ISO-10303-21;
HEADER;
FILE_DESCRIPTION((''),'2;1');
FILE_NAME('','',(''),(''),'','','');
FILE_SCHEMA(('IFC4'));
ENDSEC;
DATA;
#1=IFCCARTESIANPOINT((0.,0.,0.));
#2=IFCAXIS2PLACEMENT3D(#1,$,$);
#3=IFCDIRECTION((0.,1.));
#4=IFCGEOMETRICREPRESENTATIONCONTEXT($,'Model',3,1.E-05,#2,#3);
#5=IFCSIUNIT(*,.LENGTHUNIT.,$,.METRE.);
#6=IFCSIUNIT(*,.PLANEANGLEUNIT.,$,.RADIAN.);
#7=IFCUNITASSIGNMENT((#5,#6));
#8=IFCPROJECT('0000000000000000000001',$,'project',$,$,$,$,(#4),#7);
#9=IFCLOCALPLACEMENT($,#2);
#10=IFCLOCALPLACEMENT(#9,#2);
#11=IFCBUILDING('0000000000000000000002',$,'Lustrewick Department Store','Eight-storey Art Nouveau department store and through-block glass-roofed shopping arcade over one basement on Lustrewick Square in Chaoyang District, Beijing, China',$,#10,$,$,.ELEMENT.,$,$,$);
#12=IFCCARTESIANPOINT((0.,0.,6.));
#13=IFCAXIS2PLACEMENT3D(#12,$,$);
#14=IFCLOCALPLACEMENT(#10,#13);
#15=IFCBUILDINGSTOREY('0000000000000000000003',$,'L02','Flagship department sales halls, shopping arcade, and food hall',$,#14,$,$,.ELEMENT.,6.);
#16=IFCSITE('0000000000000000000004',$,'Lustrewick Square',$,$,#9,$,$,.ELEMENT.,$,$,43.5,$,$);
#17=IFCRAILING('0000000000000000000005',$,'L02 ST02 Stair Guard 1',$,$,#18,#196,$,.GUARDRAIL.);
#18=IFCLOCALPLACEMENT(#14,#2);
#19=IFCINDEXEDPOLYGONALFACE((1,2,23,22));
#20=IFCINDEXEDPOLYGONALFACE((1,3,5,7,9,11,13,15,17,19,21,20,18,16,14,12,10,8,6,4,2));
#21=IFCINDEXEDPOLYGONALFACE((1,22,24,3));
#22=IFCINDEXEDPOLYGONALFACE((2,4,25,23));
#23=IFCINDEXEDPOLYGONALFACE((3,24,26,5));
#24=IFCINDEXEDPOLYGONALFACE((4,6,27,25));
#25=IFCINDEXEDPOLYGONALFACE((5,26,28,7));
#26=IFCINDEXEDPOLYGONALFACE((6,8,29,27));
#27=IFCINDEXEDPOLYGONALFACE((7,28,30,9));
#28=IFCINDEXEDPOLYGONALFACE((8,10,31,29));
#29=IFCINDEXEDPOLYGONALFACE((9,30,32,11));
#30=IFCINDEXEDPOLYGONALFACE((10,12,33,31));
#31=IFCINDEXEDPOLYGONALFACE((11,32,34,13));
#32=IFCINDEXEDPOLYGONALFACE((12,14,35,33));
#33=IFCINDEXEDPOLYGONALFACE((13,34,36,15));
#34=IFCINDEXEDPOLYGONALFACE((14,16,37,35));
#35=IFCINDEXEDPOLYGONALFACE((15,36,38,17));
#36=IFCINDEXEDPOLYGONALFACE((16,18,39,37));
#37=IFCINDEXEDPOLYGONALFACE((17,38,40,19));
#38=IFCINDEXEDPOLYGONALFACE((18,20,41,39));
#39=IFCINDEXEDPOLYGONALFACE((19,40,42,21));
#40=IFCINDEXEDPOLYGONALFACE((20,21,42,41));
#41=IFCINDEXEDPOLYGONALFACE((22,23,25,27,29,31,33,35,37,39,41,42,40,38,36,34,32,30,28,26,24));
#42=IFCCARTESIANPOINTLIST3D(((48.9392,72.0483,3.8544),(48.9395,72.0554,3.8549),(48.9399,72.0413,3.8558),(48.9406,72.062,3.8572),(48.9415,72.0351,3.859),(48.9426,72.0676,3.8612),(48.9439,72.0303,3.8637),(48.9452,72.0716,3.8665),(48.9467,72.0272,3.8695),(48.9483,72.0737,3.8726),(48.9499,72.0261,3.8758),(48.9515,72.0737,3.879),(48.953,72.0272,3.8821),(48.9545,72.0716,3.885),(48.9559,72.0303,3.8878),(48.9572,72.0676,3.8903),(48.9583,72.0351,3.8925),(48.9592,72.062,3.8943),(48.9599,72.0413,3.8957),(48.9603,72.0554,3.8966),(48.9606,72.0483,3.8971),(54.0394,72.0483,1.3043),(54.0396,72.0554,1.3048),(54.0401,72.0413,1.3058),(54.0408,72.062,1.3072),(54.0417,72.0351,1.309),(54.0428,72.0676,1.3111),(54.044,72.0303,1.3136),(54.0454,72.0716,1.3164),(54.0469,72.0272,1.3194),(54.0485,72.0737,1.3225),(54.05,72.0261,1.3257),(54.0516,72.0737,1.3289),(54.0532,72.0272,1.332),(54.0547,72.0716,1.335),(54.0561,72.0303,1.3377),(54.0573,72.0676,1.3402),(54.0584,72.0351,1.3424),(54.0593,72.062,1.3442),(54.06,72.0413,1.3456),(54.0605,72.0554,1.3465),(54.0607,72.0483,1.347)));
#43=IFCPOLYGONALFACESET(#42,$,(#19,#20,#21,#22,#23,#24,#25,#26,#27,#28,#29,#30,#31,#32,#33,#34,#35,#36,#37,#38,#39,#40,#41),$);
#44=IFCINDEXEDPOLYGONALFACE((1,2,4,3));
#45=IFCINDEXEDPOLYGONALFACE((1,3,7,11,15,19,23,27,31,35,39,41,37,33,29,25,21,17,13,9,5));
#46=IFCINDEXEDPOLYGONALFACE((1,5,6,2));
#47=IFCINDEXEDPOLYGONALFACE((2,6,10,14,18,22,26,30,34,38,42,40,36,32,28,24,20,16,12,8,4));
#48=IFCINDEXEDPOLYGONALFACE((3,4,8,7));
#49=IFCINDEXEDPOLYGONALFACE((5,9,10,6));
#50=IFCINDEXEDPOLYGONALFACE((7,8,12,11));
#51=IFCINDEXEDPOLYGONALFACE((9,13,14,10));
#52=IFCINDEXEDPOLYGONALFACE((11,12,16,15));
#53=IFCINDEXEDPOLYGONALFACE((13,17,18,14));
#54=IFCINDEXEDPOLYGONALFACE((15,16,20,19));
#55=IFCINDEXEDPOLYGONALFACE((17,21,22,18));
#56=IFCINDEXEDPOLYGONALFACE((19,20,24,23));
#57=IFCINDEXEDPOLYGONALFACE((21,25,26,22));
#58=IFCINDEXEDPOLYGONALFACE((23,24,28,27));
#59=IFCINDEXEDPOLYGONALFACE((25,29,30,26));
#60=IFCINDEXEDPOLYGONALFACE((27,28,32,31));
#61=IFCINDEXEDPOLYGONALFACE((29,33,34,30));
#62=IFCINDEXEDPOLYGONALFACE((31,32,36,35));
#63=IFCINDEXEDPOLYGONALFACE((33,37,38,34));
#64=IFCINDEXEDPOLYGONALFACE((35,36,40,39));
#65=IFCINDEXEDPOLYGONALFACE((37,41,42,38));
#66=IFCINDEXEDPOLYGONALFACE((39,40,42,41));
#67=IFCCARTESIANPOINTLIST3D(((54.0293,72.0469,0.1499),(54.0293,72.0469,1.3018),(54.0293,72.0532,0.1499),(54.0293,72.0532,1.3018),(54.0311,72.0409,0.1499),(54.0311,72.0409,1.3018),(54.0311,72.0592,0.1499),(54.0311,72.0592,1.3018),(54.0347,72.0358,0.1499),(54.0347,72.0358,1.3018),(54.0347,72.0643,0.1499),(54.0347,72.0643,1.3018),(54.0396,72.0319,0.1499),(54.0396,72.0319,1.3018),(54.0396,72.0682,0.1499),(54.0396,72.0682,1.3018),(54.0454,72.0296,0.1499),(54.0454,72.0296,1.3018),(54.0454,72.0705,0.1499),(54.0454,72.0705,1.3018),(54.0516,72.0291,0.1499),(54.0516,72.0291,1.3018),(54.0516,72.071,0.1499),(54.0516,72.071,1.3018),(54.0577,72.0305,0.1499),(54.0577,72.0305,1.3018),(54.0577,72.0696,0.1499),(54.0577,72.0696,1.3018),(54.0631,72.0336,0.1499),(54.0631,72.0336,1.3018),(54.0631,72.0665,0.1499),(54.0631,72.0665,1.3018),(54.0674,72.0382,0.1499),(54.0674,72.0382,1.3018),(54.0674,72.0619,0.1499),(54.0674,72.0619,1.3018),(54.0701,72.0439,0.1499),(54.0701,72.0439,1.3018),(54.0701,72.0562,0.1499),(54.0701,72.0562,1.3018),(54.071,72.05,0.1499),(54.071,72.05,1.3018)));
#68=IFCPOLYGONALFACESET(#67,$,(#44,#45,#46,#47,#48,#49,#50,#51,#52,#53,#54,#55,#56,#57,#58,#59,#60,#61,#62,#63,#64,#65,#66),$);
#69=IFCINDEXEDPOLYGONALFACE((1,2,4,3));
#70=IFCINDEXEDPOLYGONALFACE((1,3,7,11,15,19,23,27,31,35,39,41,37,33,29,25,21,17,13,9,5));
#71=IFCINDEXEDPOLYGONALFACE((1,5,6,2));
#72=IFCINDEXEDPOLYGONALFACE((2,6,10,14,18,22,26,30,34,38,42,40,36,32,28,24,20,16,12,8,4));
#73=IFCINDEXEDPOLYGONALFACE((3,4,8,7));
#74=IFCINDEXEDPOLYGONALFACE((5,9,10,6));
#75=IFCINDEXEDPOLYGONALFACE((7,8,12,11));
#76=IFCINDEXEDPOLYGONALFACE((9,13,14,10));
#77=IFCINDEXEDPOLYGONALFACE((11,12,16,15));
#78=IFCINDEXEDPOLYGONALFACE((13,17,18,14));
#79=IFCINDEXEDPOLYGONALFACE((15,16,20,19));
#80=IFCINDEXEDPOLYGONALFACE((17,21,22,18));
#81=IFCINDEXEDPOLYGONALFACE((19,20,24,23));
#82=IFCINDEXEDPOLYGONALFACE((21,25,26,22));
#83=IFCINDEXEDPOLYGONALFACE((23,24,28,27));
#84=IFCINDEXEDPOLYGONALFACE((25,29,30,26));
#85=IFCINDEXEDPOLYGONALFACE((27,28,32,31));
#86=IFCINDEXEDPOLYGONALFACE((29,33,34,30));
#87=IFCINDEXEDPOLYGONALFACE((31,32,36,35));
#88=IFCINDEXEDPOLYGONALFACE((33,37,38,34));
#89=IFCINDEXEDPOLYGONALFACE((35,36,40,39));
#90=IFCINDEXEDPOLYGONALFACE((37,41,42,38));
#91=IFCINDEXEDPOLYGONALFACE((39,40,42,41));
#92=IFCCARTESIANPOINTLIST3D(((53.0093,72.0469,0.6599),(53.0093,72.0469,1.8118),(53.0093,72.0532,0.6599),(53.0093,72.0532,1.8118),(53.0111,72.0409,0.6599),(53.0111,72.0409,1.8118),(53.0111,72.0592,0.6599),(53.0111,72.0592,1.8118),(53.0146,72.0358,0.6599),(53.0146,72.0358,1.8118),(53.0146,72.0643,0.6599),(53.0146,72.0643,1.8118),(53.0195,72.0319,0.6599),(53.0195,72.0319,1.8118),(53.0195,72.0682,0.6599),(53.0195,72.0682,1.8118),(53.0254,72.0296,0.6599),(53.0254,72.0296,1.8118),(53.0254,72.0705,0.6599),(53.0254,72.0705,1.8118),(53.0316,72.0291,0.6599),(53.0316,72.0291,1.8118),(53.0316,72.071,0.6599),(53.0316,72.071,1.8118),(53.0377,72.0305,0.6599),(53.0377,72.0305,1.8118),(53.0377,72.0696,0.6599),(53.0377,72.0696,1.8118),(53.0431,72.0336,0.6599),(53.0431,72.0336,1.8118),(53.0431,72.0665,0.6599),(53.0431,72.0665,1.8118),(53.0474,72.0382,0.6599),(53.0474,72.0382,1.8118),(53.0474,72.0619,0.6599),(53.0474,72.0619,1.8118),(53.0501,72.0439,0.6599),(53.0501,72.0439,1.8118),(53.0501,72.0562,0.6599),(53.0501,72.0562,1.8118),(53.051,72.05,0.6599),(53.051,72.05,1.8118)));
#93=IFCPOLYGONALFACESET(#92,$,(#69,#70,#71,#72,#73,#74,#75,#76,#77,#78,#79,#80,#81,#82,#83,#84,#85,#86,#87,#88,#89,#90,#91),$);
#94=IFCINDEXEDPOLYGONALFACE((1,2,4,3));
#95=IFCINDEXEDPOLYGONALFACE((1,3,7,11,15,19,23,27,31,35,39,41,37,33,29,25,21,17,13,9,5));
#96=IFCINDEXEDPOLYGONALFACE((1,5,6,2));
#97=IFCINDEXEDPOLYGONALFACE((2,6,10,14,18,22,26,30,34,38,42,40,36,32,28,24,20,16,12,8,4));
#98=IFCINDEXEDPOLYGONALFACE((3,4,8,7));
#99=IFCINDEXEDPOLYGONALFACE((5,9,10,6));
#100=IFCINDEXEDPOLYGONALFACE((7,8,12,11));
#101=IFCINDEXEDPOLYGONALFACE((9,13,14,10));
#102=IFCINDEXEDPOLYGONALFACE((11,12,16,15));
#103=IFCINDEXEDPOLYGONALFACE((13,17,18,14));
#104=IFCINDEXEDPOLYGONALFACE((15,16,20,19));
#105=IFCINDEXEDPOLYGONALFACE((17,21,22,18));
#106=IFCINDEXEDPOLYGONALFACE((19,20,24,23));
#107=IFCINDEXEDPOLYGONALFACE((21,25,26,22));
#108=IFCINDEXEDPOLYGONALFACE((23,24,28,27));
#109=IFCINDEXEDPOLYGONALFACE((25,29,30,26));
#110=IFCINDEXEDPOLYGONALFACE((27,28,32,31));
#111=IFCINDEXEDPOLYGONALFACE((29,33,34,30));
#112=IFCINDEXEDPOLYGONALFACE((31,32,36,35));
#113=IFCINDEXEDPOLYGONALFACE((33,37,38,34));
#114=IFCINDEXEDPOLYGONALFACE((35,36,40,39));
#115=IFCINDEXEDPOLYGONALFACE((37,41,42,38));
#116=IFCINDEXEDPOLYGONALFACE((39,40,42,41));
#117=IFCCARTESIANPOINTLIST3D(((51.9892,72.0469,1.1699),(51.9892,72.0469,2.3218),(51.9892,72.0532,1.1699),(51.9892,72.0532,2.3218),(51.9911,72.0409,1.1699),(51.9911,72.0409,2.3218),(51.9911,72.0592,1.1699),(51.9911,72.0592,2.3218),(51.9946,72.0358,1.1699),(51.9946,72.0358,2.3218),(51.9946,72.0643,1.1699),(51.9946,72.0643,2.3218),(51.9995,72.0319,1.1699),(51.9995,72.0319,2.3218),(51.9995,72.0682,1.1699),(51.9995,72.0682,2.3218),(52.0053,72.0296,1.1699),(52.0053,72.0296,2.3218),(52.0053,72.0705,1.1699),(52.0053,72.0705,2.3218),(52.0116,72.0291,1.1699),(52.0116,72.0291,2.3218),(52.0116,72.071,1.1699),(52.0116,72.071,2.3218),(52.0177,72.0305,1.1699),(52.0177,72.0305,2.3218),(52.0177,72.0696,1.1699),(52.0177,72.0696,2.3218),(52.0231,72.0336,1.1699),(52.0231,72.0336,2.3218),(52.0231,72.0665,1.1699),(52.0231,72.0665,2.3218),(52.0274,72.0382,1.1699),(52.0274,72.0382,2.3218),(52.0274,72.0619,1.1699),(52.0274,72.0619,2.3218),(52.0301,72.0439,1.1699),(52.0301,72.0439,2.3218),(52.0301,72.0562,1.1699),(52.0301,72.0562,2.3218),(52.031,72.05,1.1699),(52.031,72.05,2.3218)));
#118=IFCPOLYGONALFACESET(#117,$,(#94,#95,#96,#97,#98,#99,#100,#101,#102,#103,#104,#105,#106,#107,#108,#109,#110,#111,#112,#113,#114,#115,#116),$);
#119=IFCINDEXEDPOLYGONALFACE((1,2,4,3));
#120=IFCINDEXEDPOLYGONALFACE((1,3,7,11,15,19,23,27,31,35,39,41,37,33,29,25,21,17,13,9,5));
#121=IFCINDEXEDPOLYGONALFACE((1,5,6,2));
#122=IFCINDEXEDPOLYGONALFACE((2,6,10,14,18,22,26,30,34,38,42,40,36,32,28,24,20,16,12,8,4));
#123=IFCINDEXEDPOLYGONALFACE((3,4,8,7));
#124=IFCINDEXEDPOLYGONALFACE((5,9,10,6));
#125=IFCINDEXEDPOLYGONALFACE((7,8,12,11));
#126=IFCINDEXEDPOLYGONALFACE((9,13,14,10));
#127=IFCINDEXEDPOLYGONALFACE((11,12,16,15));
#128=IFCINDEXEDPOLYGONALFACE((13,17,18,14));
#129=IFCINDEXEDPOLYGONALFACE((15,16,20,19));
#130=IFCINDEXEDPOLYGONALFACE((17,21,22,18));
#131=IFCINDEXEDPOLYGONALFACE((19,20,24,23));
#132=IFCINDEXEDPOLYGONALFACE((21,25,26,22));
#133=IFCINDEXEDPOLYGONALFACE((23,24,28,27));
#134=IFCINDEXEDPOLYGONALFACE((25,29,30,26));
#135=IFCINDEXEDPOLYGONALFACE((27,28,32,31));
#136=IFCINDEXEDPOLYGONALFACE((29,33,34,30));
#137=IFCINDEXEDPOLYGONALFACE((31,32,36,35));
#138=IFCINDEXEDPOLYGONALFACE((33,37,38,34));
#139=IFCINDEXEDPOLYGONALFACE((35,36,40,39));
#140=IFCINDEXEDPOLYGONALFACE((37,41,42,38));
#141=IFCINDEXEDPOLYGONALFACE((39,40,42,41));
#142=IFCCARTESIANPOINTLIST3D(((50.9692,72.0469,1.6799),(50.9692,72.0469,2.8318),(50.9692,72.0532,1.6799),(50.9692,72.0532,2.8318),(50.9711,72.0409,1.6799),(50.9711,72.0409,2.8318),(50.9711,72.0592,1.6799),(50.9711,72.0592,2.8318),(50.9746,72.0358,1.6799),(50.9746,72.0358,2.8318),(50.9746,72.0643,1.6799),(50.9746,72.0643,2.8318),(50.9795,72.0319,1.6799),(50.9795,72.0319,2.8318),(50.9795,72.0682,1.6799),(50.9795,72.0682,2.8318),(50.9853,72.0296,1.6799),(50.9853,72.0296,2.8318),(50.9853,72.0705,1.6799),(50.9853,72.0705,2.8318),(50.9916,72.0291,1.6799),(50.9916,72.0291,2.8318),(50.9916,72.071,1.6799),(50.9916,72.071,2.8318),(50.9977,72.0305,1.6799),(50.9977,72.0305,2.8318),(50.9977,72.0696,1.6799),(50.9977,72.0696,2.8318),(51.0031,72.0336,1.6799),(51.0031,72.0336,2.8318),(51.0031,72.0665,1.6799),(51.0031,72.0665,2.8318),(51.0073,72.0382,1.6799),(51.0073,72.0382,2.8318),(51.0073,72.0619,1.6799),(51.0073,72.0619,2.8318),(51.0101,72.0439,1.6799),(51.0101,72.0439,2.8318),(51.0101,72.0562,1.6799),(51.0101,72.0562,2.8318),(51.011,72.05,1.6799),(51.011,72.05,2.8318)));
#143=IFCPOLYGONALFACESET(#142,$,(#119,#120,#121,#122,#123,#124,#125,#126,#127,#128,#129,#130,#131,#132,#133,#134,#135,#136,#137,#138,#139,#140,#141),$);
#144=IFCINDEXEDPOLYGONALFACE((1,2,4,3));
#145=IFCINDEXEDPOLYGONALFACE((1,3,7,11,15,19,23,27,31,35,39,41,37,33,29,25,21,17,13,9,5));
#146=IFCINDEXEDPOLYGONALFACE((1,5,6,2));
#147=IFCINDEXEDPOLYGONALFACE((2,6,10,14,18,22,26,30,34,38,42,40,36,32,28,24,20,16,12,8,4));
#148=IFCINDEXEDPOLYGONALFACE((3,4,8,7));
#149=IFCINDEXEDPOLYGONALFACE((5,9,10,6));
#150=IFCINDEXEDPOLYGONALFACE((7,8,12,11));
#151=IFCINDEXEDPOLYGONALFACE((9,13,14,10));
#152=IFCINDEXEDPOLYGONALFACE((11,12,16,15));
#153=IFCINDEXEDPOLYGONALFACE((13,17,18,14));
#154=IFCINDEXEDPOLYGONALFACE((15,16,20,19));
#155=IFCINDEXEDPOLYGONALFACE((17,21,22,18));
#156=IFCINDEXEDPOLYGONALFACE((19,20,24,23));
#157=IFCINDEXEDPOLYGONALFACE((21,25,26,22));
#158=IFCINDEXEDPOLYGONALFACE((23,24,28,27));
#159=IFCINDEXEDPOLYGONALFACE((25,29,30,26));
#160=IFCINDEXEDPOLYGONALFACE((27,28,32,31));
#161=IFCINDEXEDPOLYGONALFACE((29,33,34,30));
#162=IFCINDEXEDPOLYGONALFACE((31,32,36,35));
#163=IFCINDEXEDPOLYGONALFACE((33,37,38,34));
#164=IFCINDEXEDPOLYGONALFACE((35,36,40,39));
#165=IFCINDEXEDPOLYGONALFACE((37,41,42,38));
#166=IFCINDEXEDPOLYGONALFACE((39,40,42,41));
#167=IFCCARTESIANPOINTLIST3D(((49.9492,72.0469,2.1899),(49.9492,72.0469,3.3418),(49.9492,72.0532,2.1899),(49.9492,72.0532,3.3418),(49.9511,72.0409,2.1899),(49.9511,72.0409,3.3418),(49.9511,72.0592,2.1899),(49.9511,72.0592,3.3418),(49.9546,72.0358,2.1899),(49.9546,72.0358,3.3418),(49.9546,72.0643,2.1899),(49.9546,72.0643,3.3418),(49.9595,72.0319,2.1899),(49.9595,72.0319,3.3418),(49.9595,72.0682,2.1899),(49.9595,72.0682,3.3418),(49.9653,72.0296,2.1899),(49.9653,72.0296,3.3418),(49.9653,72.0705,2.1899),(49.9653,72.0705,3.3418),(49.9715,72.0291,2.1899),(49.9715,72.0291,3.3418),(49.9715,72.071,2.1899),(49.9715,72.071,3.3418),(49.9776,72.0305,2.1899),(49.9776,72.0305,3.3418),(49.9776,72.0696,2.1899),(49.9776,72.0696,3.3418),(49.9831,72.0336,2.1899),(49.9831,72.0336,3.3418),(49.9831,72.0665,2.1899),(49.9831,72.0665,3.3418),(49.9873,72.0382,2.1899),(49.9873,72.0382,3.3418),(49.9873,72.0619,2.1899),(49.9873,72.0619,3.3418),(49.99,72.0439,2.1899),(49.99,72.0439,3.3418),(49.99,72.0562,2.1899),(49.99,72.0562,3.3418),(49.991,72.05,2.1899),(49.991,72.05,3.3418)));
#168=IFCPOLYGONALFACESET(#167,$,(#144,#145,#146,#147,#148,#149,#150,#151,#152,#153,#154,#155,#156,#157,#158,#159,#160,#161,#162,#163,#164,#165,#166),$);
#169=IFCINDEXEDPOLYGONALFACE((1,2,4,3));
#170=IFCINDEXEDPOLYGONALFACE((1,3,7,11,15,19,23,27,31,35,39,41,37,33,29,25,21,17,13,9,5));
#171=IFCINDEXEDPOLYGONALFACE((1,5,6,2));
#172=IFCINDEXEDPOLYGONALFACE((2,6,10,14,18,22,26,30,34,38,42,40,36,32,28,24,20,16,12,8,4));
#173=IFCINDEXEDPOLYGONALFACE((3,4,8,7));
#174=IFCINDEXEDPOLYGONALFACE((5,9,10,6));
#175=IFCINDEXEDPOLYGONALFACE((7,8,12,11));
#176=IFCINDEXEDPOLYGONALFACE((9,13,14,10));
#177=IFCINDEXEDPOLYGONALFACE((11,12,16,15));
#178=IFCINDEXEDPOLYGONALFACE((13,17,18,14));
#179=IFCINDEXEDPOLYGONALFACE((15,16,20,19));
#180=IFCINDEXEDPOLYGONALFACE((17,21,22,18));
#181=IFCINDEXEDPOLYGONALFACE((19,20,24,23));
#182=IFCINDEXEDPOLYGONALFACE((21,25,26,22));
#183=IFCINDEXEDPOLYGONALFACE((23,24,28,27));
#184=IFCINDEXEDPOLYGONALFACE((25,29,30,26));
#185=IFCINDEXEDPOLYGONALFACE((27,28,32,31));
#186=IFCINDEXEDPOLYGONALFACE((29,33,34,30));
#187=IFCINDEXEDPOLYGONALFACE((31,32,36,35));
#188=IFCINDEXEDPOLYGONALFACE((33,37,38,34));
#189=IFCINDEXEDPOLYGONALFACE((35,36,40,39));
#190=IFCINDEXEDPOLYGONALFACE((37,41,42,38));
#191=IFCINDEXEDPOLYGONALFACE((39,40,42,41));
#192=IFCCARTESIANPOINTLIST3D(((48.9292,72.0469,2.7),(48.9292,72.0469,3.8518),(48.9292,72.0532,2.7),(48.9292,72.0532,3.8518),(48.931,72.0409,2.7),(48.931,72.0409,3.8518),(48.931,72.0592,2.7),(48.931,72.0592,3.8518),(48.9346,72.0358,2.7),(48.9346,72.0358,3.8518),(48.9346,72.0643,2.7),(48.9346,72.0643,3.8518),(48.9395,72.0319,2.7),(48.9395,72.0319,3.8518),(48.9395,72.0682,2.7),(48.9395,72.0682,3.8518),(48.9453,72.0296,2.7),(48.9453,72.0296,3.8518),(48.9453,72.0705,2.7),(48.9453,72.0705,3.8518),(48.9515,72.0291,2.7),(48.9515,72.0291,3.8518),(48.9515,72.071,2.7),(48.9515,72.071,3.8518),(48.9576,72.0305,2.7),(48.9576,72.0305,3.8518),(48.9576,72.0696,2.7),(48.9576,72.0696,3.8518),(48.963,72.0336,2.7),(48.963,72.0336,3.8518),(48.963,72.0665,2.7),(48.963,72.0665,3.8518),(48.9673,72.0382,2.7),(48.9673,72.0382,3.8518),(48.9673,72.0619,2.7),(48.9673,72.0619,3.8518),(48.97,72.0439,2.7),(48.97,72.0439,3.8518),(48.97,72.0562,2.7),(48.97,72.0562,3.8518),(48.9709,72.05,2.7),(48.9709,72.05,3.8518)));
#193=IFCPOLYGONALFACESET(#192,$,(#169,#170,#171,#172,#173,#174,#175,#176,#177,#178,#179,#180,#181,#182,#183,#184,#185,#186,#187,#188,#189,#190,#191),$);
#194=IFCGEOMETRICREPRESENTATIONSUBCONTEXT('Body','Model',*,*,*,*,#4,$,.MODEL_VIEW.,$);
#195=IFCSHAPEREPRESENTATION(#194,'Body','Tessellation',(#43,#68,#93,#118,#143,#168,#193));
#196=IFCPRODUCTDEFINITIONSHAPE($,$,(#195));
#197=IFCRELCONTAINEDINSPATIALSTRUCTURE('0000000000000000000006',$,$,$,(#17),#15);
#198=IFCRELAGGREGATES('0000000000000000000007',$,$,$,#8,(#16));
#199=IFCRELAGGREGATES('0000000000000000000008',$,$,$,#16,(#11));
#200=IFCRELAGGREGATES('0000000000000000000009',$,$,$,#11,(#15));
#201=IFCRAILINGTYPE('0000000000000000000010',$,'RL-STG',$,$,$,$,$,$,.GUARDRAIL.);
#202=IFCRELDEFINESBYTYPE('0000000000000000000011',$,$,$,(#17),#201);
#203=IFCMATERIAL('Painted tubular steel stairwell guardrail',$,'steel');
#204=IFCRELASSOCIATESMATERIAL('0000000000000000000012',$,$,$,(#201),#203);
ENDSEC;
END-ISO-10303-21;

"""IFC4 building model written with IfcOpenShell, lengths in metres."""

from ifc_helpers import new_model, si_unit, direction, frame, origin, origin_2d, place, context, subcontext, project, spatial, circle, extrude, material, type_object, element, save


model = new_model("IFC4")

# Units and contexts
model_context = context("Model", 3, precision=1e-05, world=origin(), true_north=direction((0.0, 1.0)))
body_context = subcontext(model_context, "Body", "Model", "MODEL_VIEW")
ifc_project = project(units=[si_unit("LENGTHUNIT", "METRE"), si_unit("PLANEANGLEUNIT", "RADIAN")], contexts=[model_context])

# Site, building, storey
site_placement = place(None, origin())
site = spatial("IfcSite", under=ifc_project, at=site_placement, Name="Lustrewick Square", CompositionType="ELEMENT", RefElevation=43.5)
building_placement = place(site_placement, origin())
building = spatial("IfcBuilding", under=site, at=building_placement, Name="Lustrewick Department Store", Description="Eight-storey Art Nouveau department store and through-block glass-roofed shopping arcade over one basement on Lustrewick Square in Chaoyang District, Beijing, China", CompositionType="ELEMENT")
storey_placement = place(building_placement, frame((0.0, 0.0, 6.0)))
storey = spatial("IfcBuildingStorey", under=building, at=storey_placement, Name="L02", Description="Flagship department sales halls, shopping arcade, and food hall", CompositionType="ELEMENT", Elevation=6.0)

# Railing
ifc_material_1 = material(Name="Painted tubular steel stairwell guardrail", Category="steel")
railing_type_1 = type_object("IfcRailingType", Name="RL-STG", PredefinedType="GUARDRAIL", material=ifc_material_1)
railing_1_placement = place(storey_placement, frame((54.05, 72.05, 0.1499)))
element("IfcRailing", 1, at=railing_1_placement, inside=storey, type_object=railing_type_1, Name="L02 ST02 Stair Guard 1", PredefinedType="GUARDRAIL", context=body_context, shape_type="SweptSolid", body=[
    extrude(circle(Radius=0.0239, at=origin_2d()), frame((0.0, 0.0, 1.1758), z_axis=(-0.894427, 0.0, 0.447214), x_axis=(0.0, -1.0, 0.0)), (0.0, 0.0, 1.0), 5.7021),
    extrude(circle(Radius=0.021, at=origin_2d()), origin(), (0.0, 0.0, 1.0), 1.1519),
    extrude(circle(Radius=0.021, at=origin_2d()), frame((-1.02, 0.0, 0.51)), (0.0, 0.0, 1.0), 1.1519),
    extrude(circle(Radius=0.021, at=origin_2d()), frame((-2.04, 0.0, 1.02)), (0.0, 0.0, 1.0), 1.1519),
    extrude(circle(Radius=0.021, at=origin_2d()), frame((-3.0601, 0.0, 1.53)), (0.0, 0.0, 1.0), 1.1519),
    extrude(circle(Radius=0.021, at=origin_2d()), frame((-4.0801, 0.0, 2.04)), (0.0, 0.0, 1.0), 1.1519),
    extrude(circle(Radius=0.021, at=origin_2d()), frame((-5.1001, 0.0, 2.55)), (0.0, 0.0, 1.0), 1.1519),
])

save(model, "model.ifc")
